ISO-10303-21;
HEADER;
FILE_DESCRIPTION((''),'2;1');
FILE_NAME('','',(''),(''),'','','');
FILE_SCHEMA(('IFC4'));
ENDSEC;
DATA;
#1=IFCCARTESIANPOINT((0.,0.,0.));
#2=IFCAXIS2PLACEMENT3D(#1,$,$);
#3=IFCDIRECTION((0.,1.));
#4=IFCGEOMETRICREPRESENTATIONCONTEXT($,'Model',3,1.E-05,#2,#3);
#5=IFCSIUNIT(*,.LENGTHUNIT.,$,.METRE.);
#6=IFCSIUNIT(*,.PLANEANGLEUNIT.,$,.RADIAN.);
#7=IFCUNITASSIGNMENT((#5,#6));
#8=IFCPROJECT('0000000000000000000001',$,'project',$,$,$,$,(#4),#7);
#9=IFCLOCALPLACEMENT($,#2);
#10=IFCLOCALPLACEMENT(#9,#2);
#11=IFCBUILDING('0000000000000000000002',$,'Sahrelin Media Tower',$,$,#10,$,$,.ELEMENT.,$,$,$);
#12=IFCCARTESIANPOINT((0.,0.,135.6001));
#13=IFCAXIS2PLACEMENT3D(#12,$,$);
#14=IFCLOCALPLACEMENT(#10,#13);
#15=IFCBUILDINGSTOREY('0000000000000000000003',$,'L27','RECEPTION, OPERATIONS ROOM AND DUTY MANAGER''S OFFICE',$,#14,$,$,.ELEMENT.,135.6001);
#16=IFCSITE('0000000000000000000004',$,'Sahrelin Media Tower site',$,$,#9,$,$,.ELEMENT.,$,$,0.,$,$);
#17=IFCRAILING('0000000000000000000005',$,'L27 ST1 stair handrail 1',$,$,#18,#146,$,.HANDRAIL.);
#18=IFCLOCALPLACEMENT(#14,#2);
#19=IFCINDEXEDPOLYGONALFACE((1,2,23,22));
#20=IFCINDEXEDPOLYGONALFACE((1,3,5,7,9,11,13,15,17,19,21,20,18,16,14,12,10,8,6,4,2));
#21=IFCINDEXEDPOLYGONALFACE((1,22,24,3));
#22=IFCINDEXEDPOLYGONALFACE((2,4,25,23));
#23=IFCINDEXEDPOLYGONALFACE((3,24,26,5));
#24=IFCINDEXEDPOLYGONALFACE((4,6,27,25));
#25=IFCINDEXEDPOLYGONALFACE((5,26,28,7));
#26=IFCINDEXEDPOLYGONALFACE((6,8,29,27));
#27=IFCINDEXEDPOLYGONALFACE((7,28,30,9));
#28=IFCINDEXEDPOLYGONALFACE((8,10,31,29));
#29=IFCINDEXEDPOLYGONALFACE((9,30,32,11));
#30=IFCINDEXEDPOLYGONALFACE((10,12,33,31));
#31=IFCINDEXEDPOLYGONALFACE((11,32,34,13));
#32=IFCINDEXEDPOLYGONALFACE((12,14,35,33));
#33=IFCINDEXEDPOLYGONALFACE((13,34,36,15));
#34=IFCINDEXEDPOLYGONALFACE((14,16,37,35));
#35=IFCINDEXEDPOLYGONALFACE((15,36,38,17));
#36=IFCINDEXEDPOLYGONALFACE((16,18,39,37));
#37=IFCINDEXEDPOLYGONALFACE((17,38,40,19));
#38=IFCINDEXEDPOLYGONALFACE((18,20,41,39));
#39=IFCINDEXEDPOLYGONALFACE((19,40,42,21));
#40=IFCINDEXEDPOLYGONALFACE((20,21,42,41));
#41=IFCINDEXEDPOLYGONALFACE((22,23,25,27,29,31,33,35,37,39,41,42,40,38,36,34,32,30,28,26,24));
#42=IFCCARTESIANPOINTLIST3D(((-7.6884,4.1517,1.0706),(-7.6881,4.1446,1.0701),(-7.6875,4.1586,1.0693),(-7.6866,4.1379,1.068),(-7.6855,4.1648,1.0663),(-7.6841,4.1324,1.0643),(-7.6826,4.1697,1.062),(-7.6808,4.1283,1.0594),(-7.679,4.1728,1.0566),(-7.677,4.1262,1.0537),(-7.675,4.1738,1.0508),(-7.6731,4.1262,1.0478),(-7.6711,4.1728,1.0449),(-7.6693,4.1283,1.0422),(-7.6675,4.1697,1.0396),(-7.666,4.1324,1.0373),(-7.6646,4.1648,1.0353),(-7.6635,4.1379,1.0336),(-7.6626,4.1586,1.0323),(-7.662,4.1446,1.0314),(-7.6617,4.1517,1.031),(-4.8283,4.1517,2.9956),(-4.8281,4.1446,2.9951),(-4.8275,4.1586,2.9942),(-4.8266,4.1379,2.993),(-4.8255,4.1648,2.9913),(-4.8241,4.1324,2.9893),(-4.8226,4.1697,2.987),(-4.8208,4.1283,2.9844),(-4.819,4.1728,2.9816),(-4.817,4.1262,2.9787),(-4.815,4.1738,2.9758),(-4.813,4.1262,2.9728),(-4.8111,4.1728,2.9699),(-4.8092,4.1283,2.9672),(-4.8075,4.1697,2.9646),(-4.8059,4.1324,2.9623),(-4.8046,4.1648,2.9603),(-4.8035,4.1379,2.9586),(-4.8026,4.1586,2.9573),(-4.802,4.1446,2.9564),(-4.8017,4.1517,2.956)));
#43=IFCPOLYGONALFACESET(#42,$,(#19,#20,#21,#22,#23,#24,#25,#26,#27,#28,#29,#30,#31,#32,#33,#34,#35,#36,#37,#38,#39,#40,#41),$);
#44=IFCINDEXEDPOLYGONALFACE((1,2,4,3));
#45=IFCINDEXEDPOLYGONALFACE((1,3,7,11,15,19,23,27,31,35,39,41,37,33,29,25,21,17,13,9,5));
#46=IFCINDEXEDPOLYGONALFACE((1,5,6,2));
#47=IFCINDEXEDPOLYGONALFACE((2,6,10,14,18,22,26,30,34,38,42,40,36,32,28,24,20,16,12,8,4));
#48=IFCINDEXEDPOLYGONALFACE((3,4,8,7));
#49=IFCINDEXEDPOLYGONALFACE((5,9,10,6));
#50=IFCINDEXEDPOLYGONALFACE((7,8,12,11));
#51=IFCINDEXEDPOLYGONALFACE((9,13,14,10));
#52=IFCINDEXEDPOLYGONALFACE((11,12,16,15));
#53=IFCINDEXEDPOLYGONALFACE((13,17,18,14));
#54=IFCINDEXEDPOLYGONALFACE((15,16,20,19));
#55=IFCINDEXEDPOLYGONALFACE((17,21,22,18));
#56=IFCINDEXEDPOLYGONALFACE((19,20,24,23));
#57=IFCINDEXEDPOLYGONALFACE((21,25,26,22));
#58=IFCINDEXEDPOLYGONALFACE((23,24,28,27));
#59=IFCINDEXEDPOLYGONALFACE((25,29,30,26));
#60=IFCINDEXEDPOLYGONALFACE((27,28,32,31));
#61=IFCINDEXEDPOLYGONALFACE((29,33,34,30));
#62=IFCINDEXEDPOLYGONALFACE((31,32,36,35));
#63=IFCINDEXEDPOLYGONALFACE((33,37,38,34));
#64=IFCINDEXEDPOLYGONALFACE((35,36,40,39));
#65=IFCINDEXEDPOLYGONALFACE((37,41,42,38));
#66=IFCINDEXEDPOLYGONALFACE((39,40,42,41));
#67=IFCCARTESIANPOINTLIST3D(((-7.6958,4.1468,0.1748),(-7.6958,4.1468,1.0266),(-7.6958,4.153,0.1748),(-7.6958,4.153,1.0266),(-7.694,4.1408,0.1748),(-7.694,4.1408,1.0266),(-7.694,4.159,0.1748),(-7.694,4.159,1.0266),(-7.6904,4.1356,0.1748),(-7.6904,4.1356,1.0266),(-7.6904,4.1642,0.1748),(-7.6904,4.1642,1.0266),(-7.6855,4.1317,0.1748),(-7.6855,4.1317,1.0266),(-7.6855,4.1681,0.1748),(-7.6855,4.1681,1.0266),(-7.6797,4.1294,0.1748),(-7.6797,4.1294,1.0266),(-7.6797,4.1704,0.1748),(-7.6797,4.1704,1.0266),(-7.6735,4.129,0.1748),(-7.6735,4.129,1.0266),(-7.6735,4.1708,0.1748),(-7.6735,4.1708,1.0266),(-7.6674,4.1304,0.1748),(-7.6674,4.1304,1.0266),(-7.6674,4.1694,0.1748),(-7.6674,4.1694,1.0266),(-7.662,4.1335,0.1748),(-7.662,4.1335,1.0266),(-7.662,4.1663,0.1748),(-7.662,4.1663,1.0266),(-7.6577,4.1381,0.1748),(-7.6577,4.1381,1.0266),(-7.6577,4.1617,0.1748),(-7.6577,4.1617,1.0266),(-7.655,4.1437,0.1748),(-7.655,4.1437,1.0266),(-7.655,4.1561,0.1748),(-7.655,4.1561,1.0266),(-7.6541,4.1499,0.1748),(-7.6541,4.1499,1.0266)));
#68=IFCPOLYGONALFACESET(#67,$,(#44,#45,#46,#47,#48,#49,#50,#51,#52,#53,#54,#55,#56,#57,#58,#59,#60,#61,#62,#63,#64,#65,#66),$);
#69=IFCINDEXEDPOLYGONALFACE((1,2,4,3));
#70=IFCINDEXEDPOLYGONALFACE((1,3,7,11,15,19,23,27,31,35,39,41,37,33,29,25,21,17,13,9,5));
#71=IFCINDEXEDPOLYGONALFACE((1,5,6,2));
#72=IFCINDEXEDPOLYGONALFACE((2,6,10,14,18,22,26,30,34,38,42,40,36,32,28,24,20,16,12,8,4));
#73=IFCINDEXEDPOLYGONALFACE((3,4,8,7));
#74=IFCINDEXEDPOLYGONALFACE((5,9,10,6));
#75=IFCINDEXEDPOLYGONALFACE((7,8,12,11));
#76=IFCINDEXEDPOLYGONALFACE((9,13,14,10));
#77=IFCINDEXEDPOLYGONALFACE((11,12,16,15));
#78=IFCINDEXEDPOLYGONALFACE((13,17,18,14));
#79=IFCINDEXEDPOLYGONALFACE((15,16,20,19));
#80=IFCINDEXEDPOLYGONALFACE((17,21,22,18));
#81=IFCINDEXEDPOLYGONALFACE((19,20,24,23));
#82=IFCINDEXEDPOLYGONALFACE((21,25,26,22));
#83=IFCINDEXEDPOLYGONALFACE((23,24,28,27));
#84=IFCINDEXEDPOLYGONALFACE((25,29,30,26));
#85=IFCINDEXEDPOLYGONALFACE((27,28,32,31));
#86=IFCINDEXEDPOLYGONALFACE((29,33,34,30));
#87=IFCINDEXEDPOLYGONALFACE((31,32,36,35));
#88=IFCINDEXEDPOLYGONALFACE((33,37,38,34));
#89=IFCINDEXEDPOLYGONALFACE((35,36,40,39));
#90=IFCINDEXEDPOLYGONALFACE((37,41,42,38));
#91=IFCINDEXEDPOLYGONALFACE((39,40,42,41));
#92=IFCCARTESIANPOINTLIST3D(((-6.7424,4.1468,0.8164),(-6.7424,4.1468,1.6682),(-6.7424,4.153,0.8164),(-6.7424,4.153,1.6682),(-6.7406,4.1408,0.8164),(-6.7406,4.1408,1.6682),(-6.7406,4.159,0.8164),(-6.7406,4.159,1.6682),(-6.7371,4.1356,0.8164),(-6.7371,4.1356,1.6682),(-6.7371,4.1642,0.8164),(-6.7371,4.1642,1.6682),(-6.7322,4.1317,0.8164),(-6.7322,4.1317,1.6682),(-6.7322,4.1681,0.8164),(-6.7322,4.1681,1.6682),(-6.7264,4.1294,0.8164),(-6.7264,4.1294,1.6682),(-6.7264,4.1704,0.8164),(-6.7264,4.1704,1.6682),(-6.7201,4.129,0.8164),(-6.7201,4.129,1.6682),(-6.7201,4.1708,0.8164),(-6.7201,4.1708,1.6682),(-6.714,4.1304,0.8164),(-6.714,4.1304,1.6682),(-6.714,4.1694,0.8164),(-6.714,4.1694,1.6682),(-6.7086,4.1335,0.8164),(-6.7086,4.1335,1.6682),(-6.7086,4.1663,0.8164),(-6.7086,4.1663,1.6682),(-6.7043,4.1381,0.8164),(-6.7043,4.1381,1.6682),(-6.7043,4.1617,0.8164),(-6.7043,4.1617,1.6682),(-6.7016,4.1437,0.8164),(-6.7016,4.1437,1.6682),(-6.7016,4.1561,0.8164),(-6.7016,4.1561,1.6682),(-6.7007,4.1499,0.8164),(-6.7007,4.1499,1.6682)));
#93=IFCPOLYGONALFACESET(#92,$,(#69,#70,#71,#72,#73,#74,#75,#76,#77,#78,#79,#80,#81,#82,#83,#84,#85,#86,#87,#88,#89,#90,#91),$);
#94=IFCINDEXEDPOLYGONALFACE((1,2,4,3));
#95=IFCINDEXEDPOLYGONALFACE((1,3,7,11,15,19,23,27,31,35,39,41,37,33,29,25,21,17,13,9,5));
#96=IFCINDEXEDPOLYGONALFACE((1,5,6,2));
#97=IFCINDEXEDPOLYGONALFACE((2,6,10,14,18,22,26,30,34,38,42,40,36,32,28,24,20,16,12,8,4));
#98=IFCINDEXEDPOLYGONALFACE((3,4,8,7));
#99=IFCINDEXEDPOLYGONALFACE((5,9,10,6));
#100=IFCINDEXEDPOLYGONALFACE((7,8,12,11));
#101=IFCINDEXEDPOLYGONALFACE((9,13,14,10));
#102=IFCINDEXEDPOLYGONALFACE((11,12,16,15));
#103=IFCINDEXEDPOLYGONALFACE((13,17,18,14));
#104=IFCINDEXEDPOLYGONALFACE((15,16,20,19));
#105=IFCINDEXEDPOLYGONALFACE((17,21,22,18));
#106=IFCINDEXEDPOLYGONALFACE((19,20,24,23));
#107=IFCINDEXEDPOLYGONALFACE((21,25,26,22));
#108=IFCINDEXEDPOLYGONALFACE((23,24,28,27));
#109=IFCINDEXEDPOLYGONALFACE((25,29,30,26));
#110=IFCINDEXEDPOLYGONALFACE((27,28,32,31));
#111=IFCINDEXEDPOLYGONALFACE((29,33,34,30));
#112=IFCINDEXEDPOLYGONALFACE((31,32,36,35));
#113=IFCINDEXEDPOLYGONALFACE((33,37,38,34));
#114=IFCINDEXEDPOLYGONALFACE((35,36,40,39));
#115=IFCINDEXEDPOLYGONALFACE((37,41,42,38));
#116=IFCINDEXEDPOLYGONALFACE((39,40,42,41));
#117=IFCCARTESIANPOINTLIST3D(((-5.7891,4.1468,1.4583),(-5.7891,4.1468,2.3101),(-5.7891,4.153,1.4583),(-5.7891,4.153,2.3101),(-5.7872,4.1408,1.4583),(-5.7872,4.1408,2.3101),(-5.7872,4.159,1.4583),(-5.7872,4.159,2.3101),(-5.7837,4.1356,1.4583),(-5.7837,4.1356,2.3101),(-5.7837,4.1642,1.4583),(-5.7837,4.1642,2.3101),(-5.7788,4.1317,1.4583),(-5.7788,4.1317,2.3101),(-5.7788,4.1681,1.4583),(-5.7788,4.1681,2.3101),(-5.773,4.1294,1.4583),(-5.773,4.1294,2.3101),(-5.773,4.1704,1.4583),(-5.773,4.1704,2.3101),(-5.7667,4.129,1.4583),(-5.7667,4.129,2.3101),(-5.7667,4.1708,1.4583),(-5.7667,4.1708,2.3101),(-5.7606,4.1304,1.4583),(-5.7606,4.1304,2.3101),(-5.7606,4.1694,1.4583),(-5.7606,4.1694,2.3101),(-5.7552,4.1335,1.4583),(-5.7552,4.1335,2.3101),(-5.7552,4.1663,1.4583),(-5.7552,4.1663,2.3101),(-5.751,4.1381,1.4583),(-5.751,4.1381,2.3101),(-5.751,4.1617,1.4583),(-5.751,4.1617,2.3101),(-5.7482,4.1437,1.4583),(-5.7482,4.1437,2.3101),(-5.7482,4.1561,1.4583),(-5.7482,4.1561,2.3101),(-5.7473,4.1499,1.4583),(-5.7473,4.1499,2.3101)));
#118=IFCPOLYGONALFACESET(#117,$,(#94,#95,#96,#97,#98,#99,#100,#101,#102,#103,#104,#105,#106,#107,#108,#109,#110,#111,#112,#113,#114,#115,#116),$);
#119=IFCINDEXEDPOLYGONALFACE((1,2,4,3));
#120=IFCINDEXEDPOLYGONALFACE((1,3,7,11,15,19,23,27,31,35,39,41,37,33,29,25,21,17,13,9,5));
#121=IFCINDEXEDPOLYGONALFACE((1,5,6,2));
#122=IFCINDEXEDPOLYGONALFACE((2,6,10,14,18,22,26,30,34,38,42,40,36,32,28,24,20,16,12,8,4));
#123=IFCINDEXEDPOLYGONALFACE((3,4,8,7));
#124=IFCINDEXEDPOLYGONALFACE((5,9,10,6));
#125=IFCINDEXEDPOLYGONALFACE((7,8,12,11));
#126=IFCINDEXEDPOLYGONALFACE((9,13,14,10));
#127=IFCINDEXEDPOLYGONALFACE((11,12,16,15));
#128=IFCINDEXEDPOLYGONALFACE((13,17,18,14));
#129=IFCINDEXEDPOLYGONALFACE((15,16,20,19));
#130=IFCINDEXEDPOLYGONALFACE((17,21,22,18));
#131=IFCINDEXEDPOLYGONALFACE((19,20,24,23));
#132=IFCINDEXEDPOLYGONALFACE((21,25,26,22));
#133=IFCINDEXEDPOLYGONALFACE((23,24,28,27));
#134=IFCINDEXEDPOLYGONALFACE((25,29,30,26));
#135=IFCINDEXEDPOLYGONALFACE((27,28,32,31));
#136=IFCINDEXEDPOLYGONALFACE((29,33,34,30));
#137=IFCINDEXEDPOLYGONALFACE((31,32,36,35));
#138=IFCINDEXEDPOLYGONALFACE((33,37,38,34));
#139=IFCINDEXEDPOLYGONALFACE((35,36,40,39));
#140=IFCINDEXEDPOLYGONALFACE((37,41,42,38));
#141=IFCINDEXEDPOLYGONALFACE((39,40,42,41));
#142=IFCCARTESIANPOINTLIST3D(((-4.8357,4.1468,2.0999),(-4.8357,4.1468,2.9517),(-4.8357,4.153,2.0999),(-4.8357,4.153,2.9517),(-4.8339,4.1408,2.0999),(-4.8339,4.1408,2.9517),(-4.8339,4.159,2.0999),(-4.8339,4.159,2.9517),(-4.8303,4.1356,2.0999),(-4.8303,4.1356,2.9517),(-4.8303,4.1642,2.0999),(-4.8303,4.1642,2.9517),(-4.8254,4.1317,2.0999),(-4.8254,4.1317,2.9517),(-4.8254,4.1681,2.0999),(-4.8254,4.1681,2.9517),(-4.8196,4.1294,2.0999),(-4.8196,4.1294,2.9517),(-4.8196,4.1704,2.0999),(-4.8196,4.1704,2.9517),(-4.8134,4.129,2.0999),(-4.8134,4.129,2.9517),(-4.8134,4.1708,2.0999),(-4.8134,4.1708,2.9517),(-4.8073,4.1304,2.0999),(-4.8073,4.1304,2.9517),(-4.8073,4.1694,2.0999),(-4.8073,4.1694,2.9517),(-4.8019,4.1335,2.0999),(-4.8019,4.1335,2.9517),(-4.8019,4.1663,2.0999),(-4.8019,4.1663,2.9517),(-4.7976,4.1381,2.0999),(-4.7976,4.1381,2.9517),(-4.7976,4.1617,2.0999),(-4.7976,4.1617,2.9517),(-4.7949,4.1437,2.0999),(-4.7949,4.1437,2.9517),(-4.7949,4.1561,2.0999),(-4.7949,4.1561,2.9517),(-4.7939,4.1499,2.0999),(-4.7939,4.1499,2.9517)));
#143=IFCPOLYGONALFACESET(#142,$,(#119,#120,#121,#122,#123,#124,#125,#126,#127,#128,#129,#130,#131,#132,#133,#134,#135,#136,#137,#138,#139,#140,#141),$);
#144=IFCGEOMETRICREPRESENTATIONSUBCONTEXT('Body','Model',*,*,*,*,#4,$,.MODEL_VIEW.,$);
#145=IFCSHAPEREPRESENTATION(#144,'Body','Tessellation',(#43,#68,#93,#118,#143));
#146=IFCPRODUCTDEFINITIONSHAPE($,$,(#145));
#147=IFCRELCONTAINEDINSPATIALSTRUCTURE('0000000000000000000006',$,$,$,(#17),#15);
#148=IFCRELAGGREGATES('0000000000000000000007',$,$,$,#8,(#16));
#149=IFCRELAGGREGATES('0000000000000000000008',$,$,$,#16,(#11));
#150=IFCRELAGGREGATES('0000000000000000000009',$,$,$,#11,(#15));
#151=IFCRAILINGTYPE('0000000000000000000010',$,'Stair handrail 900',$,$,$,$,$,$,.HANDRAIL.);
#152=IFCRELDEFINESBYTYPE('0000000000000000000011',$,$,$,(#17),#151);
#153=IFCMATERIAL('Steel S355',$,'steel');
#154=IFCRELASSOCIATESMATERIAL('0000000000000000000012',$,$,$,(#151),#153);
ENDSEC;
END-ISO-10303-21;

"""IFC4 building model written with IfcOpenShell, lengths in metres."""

from ifc_helpers import new_model, si_unit, direction, frame, origin, origin_2d, place, context, subcontext, project, spatial, circle, extrude, material, type_object, element, save


model = new_model("IFC4")

# Units and contexts
model_context = context("Model", 3, precision=1e-05, world=origin(), true_north=direction((0.0, 1.0)))
body_context = subcontext(model_context, "Body", "Model", "MODEL_VIEW")
ifc_project = project(units=[si_unit("LENGTHUNIT", "METRE"), si_unit("PLANEANGLEUNIT", "RADIAN")], contexts=[model_context])

# Site, building, storey
site_placement = place(None, origin())
site = spatial("IfcSite", under=ifc_project, at=site_placement, Name="Sahrelin Media Tower site", CompositionType="ELEMENT", RefElevation=0.0)
building_placement = place(site_placement, origin())
building = spatial("IfcBuilding", under=site, at=building_placement, Name="Sahrelin Media Tower", CompositionType="ELEMENT")
storey_placement = place(building_placement, frame((0.0, 0.0, 135.6001)))
storey = spatial("IfcBuildingStorey", under=building, at=storey_placement, Name="L27", Description="RECEPTION, OPERATIONS ROOM AND DUTY MANAGER'S OFFICE", CompositionType="ELEMENT", Elevation=135.6001)

# Shared definitions
ifc_material_1 = material(Name="Steel S355", Category="steel")

# Railing
railing_type_1 = type_object("IfcRailingType", Name="Stair handrail 900", PredefinedType="HANDRAIL", material=ifc_material_1)
railing_1_placement = place(storey_placement, frame((-7.675, 4.1499, 0.1748)))
element("IfcRailing", 1, at=railing_1_placement, inside=storey, type_object=railing_type_1, Name="L27 ST1 stair handrail 1", PredefinedType="HANDRAIL", context=body_context, shape_type="SweptSolid", body=[
    extrude(circle(Radius=0.0239, at=origin_2d()), frame((0.0, 0.0, 0.876), z_axis=(0.829591, 0.0, 0.558372), x_axis=(0.0, 1.0, 0.0)), (0.0, 0.0, 1.0), 3.4475),
    extrude(circle(Radius=0.021, at=origin_2d()), origin(), (0.0, 0.0, 1.0), 0.8518),
    extrude(circle(Radius=0.021, at=origin_2d()), frame((0.9534, 0.0, 0.6416)), (0.0, 0.0, 1.0), 0.8518),
    extrude(circle(Radius=0.021, at=origin_2d()), frame((1.9067, 0.0, 1.2834)), (0.0, 0.0, 1.0), 0.8518),
    extrude(circle(Radius=0.021, at=origin_2d()), frame((2.8601, 0.0, 1.925)), (0.0, 0.0, 1.0), 0.8518),
])

save(model, "model.ifc")
